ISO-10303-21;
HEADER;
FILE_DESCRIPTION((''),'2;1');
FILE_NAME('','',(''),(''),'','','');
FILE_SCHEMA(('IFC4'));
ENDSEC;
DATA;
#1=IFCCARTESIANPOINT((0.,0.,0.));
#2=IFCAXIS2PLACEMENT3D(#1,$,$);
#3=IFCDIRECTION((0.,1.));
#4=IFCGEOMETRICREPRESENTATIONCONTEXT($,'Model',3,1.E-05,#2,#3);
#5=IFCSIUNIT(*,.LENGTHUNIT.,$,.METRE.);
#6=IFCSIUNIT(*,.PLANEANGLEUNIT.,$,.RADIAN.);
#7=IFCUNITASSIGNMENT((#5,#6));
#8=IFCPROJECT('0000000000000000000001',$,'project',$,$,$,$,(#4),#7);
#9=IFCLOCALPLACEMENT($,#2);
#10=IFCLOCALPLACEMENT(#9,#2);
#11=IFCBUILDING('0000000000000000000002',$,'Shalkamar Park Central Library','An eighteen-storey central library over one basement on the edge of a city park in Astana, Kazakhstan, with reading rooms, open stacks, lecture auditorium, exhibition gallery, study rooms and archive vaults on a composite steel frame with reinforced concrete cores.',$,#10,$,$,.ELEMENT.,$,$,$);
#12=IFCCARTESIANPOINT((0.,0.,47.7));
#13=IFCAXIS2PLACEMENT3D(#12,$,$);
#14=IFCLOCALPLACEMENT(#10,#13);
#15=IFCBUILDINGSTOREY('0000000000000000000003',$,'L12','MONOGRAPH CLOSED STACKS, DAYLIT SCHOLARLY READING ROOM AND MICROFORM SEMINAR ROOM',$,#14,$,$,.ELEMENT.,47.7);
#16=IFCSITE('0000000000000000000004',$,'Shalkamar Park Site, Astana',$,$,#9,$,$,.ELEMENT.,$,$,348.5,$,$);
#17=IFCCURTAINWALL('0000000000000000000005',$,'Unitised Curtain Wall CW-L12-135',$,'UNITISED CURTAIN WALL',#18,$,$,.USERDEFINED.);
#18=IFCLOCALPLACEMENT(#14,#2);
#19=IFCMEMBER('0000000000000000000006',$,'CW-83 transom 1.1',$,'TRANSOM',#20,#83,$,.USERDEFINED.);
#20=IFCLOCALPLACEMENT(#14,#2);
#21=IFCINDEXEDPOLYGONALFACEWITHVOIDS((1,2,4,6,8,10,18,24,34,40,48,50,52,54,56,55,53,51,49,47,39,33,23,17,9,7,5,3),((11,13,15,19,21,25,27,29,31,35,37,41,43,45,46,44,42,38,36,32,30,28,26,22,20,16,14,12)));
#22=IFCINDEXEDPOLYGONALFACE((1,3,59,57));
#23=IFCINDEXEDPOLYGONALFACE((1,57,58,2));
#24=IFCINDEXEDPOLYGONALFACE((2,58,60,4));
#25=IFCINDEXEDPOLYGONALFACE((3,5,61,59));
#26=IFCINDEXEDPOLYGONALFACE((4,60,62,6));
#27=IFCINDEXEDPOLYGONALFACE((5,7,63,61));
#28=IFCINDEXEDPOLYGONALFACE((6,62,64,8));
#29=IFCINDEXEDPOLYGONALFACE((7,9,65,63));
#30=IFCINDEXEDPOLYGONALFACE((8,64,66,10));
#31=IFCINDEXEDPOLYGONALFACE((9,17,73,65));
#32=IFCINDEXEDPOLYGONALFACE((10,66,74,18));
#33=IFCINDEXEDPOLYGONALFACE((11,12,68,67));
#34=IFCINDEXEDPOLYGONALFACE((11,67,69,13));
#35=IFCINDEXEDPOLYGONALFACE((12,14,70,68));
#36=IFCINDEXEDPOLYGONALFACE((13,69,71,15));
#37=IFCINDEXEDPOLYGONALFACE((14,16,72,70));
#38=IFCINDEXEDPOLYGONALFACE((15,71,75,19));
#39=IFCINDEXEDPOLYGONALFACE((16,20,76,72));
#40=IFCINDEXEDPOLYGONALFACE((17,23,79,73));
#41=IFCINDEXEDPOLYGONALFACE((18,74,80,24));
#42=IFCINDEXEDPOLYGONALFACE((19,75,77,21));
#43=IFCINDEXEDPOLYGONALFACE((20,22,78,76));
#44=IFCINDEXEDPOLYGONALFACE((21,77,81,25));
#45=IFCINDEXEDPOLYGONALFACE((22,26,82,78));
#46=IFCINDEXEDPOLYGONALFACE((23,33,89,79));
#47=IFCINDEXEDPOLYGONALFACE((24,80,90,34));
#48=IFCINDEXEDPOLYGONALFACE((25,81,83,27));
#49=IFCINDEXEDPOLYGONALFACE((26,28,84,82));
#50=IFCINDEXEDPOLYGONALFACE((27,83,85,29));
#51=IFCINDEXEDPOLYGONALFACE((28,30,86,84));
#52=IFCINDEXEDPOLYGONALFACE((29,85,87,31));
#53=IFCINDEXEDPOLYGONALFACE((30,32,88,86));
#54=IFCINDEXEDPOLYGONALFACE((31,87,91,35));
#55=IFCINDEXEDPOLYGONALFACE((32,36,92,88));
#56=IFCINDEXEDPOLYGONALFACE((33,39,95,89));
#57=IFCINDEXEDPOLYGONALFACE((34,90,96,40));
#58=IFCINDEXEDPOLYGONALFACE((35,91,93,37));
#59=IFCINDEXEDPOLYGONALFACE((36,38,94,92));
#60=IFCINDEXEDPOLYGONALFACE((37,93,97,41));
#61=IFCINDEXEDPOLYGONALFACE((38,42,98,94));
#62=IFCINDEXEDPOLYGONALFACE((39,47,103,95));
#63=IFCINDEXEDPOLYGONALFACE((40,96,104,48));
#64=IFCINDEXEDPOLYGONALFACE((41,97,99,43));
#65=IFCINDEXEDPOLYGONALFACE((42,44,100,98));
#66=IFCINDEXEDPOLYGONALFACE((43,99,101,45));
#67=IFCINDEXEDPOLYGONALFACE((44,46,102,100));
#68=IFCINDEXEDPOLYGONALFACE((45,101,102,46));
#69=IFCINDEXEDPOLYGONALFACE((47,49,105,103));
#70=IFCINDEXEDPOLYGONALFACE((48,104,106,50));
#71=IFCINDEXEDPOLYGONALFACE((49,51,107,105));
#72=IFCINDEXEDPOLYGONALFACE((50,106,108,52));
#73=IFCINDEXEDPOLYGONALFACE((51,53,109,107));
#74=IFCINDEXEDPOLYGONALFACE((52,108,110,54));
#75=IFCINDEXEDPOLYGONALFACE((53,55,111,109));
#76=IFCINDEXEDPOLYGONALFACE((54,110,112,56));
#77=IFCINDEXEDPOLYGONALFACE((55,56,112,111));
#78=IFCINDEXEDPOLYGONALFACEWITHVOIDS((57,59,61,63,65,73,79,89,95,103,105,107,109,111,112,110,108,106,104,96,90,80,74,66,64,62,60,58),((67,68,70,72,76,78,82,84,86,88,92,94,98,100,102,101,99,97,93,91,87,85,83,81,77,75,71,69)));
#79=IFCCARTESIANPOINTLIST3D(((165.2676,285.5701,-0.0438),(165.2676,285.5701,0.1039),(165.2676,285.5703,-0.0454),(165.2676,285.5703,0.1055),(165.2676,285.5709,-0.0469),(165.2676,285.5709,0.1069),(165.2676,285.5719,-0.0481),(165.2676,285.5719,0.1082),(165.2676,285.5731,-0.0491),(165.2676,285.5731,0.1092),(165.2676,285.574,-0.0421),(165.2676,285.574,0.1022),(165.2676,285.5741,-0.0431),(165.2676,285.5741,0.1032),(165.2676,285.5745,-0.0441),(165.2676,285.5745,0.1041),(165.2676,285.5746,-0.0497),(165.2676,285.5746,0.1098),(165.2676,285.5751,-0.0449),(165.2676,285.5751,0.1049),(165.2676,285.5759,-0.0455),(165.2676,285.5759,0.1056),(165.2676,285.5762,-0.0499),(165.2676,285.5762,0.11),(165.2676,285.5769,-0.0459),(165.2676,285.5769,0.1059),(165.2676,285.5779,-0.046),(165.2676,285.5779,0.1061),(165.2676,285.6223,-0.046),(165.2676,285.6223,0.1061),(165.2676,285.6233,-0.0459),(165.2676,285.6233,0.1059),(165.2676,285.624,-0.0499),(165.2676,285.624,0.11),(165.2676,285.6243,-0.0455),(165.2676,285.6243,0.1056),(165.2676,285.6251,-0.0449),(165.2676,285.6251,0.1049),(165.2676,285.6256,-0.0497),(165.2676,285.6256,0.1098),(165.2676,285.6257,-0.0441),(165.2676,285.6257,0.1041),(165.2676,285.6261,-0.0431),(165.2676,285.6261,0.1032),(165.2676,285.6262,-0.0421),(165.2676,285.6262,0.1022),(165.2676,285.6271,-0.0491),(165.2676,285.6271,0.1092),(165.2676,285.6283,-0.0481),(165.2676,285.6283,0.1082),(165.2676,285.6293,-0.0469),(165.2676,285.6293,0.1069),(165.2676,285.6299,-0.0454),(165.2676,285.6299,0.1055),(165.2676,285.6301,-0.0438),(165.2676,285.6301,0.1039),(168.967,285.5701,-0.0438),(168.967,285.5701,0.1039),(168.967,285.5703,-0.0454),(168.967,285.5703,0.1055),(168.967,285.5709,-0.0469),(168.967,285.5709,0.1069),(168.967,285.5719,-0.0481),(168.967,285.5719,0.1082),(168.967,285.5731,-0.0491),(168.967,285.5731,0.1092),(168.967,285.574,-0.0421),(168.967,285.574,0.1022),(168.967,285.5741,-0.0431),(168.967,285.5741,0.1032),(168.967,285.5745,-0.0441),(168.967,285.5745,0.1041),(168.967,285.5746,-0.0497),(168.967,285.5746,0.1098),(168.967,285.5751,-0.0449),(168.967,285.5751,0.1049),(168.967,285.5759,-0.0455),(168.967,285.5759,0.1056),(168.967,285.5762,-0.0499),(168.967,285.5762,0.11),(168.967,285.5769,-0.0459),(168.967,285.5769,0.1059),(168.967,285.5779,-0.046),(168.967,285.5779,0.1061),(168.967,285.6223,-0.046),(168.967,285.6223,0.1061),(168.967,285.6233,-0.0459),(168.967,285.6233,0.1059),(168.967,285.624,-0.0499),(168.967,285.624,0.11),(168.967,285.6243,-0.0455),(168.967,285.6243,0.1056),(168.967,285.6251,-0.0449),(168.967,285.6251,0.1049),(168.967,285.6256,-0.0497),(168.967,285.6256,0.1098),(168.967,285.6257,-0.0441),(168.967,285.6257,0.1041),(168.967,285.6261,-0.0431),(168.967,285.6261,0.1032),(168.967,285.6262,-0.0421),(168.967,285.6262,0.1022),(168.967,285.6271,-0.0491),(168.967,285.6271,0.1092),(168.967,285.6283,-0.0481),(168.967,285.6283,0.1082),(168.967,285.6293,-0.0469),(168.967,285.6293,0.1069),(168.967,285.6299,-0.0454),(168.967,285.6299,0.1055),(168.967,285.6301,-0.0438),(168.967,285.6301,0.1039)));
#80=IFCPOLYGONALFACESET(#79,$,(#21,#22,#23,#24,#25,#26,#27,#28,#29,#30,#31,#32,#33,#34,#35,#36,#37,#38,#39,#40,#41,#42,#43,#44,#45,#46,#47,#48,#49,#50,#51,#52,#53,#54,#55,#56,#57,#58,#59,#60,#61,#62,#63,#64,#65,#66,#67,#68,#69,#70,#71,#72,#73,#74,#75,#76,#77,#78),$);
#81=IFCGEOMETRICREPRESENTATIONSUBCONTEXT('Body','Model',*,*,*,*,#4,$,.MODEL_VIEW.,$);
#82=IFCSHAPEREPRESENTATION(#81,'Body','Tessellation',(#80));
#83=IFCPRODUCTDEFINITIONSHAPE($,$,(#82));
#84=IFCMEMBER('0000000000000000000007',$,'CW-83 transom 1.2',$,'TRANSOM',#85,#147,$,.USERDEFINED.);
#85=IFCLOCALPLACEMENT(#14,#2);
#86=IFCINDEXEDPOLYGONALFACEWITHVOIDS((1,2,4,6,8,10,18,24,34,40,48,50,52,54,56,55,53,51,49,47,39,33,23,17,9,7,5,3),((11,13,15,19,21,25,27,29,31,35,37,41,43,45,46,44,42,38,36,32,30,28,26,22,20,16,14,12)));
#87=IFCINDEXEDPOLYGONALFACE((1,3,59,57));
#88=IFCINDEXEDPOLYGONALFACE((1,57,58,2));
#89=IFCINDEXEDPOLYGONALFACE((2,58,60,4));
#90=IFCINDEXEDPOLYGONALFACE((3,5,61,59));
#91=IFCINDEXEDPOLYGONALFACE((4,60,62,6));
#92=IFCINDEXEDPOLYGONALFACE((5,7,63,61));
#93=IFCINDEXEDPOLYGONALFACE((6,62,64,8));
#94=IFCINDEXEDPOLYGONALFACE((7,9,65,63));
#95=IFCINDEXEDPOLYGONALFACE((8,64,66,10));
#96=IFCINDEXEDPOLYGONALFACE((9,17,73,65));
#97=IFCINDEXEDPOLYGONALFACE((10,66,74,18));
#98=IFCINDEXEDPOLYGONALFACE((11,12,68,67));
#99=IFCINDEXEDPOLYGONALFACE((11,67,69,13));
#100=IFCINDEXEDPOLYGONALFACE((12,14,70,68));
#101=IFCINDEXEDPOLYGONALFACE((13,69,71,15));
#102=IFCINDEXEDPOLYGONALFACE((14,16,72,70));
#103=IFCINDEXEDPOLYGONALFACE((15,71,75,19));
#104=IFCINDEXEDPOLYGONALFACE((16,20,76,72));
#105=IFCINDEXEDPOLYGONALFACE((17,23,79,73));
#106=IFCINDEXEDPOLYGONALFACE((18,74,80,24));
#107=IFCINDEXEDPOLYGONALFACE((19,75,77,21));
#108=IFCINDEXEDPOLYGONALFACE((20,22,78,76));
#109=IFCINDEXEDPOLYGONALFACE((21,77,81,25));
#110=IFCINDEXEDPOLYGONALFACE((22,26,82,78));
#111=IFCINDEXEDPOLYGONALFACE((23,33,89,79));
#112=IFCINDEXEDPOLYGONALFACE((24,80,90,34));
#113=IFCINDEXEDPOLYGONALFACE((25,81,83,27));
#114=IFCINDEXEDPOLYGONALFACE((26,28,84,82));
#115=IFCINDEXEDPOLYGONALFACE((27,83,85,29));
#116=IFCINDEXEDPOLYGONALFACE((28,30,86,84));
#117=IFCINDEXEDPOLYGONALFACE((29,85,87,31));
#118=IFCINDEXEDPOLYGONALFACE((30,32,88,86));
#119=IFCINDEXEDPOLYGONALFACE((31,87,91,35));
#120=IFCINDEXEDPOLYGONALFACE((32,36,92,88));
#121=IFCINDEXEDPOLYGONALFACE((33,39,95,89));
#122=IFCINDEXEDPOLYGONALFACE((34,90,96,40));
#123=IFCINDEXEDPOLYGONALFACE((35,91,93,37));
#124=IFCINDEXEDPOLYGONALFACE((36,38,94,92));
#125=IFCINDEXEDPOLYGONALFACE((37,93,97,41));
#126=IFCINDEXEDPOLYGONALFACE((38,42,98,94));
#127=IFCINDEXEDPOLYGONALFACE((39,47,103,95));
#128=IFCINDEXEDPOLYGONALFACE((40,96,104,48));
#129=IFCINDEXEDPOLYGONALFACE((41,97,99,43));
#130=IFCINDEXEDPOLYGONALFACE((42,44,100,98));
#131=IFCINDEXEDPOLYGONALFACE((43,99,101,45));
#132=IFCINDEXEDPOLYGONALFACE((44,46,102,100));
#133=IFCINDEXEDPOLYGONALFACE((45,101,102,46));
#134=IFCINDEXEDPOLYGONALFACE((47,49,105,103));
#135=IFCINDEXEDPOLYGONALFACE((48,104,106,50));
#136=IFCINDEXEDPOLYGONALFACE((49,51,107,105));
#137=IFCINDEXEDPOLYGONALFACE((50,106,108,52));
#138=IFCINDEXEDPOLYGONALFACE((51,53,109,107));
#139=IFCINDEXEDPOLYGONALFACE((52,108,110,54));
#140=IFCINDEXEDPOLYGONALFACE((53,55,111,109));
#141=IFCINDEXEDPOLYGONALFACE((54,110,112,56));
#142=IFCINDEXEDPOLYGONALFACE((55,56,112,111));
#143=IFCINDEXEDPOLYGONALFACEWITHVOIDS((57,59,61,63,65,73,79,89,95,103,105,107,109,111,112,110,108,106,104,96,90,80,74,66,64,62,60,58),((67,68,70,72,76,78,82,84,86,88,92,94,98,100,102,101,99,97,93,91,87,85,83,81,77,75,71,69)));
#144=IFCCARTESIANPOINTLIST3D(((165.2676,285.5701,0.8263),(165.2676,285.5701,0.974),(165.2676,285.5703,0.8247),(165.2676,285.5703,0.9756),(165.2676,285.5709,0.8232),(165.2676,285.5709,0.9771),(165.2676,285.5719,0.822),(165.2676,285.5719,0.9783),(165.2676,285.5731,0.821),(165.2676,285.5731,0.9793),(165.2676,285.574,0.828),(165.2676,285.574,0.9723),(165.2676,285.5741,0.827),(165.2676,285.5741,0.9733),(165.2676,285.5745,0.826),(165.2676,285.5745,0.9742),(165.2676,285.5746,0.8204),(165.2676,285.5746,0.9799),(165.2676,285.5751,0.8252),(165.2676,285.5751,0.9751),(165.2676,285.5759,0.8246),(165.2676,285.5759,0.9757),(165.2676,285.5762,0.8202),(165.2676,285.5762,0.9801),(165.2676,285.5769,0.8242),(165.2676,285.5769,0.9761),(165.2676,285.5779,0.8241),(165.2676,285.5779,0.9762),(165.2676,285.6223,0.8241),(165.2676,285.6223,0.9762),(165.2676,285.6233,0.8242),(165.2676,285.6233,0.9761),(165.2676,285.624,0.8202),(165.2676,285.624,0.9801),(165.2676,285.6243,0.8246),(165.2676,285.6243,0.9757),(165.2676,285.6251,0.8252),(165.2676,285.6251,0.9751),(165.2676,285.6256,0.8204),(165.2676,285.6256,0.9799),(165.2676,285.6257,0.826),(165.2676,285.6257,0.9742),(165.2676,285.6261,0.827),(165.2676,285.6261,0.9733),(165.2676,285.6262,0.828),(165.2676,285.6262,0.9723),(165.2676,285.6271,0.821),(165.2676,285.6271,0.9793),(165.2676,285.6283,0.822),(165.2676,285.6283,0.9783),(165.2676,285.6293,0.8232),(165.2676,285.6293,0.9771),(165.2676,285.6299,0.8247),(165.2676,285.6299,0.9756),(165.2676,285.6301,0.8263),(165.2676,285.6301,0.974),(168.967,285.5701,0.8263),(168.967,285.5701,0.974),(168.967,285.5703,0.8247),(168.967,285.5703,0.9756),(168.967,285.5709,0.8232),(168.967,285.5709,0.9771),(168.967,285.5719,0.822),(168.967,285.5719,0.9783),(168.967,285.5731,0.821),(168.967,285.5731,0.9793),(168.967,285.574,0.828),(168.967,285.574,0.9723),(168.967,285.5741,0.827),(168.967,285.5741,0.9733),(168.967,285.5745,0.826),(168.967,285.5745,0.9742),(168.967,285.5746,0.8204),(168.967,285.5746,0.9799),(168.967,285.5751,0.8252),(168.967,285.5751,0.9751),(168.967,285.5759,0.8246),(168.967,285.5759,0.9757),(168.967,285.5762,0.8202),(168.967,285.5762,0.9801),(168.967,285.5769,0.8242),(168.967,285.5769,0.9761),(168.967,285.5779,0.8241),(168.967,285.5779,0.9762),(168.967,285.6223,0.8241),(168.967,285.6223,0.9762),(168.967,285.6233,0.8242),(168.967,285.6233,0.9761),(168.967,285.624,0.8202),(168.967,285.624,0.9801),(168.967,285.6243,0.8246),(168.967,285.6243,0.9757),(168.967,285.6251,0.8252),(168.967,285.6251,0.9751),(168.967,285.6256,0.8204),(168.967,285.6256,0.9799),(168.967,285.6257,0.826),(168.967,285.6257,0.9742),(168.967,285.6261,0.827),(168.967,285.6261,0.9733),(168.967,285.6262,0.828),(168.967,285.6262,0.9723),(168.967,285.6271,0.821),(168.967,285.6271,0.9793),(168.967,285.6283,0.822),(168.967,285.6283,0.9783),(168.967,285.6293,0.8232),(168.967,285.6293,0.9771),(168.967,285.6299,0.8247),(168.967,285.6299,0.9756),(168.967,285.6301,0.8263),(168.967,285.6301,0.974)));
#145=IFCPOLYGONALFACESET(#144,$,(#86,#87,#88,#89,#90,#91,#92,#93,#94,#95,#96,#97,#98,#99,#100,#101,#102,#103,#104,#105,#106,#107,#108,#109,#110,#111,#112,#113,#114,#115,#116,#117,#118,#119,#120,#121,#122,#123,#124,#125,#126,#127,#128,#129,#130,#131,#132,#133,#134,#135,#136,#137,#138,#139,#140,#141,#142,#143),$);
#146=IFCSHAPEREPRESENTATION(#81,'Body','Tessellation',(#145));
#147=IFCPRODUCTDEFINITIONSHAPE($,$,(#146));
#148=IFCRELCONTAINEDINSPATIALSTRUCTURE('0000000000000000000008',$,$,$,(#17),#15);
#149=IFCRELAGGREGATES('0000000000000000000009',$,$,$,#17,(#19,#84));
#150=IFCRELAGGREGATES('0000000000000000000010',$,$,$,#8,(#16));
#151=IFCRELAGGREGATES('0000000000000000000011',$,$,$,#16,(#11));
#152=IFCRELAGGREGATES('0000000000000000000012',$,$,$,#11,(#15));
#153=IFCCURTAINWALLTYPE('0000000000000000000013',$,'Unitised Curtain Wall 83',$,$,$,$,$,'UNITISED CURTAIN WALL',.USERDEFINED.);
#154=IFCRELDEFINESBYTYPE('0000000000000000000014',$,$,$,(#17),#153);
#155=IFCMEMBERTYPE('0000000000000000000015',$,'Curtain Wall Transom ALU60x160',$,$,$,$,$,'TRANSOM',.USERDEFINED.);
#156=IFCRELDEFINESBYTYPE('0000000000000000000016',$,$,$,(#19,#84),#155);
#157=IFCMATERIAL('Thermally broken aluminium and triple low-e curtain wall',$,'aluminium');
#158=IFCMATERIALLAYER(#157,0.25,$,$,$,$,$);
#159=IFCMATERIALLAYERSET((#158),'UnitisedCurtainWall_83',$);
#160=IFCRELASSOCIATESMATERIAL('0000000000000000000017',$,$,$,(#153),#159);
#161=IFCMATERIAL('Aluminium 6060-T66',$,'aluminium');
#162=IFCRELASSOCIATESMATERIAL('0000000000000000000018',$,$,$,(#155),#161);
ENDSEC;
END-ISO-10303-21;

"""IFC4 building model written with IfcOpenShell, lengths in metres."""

from ifc_helpers import new_model, si_unit, direction, frame, origin, origin_2d, place, context, subcontext, project, spatial, hollow_rectangle, extrude, material, layer, layer_set, material_profile, profile_set, type_object, element, aggregate, save


model = new_model("IFC4")

# Units and contexts
model_context = context("Model", 3, precision=1e-05, world=origin(), true_north=direction((0.0, 1.0)))
body_context = subcontext(model_context, "Body", "Model", "MODEL_VIEW")
ifc_project = project(units=[si_unit("LENGTHUNIT", "METRE"), si_unit("PLANEANGLEUNIT", "RADIAN")], contexts=[model_context])

# Site, building, storey
site_placement = place(None, origin())
site = spatial("IfcSite", under=ifc_project, at=site_placement, Name="Shalkamar Park Site, Astana", CompositionType="ELEMENT", RefElevation=348.5)
building_placement = place(site_placement, origin())
building = spatial("IfcBuilding", under=site, at=building_placement, Name="Shalkamar Park Central Library", Description="An eighteen-storey central library over one basement on the edge of a city park in Astana, Kazakhstan, with reading rooms, open stacks, lecture auditorium, exhibition gallery, study rooms and archive vaults on a composite steel frame with reinforced concrete cores.", CompositionType="ELEMENT")
storey_placement = place(building_placement, frame((0.0, 0.0, 47.7)))
storey = spatial("IfcBuildingStorey", under=building, at=storey_placement, Name="L12", Description="MONOGRAPH CLOSED STACKS, DAYLIT SCHOLARLY READING ROOM AND MICROFORM SEMINAR ROOM", CompositionType="ELEMENT", Elevation=47.7)

# Curtain wall, members
ifc_material_1 = material(Name="Thermally broken aluminium and triple low-e curtain wall", Category="aluminium")
ifc_layer_1 = layer(ifc_material_1, 0.25)
ifc_layer_set_1 = layer_set([ifc_layer_1], Name="UnitisedCurtainWall_83")
curtain_wall_type = type_object("IfcCurtainWallType", Name="Unitised Curtain Wall 83", ElementType="UNITISED CURTAIN WALL", PredefinedType="USERDEFINED", material=ifc_layer_set_1)
curtain_wall_placement = place(storey_placement, origin())
curtain_wall = element("IfcCurtainWall", 1, at=curtain_wall_placement, inside=storey, type_object=curtain_wall_type, Name="Unitised Curtain Wall CW-L12-135", ObjectType="UNITISED CURTAIN WALL", PredefinedType="USERDEFINED")
ifc_material_2 = material(Name="Aluminium 6060-T66", Category="aluminium")
ifc_material_profile_1 = material_profile(ifc_material_2, hollow_rectangle(XDim=0.0601, YDim=0.1599, WallThickness=0.0039, InnerFilletRadius=0.0039, OuterFilletRadius=0.0061, at=origin_2d()), Name="ALU 60x160x4")
ifc_profile_set_1 = profile_set([ifc_material_profile_1], Name="Aluminium 6060-T66")
member_type_1 = type_object("IfcMemberType", Name="Curtain Wall Transom ALU60x160", ElementType="TRANSOM", PredefinedType="USERDEFINED", material=ifc_profile_set_1)
member_1_placement = place(storey_placement, frame((165.2676, 285.6001, 0.03), z_axis=(1.0, 0.0, 0.0), x_axis=(0.0, 1.0, 0.0)))
member_1 = element("IfcMember", 2, at=member_1_placement, type_object=member_type_1, Name="CW-83 transom 1.1", ObjectType="TRANSOM", PredefinedType="USERDEFINED", context=body_context, shape_type="SweptSolid", body=[
    extrude(hollow_rectangle(XDim=0.0601, YDim=0.1599, WallThickness=0.0039, InnerFilletRadius=0.0039, OuterFilletRadius=0.0061, at=origin_2d()), origin(), (0.0, 0.0, 1.0), 3.6995),
])
member_2_placement = place(storey_placement, frame((165.2676, 285.6001, 0.9001), z_axis=(1.0, 0.0, 0.0), x_axis=(0.0, 1.0, 0.0)))
member_2 = element("IfcMember", 3, at=member_2_placement, type_object=member_type_1, Name="CW-83 transom 1.2", ObjectType="TRANSOM", PredefinedType="USERDEFINED", context=body_context, shape_type="SweptSolid", body=[
    extrude(hollow_rectangle(XDim=0.0601, YDim=0.1599, WallThickness=0.0039, InnerFilletRadius=0.0039, OuterFilletRadius=0.0061, at=origin_2d()), origin(), (0.0, 0.0, 1.0), 3.6995),
])
aggregate(curtain_wall, [member_1, member_2])

save(model, "model.ifc")
